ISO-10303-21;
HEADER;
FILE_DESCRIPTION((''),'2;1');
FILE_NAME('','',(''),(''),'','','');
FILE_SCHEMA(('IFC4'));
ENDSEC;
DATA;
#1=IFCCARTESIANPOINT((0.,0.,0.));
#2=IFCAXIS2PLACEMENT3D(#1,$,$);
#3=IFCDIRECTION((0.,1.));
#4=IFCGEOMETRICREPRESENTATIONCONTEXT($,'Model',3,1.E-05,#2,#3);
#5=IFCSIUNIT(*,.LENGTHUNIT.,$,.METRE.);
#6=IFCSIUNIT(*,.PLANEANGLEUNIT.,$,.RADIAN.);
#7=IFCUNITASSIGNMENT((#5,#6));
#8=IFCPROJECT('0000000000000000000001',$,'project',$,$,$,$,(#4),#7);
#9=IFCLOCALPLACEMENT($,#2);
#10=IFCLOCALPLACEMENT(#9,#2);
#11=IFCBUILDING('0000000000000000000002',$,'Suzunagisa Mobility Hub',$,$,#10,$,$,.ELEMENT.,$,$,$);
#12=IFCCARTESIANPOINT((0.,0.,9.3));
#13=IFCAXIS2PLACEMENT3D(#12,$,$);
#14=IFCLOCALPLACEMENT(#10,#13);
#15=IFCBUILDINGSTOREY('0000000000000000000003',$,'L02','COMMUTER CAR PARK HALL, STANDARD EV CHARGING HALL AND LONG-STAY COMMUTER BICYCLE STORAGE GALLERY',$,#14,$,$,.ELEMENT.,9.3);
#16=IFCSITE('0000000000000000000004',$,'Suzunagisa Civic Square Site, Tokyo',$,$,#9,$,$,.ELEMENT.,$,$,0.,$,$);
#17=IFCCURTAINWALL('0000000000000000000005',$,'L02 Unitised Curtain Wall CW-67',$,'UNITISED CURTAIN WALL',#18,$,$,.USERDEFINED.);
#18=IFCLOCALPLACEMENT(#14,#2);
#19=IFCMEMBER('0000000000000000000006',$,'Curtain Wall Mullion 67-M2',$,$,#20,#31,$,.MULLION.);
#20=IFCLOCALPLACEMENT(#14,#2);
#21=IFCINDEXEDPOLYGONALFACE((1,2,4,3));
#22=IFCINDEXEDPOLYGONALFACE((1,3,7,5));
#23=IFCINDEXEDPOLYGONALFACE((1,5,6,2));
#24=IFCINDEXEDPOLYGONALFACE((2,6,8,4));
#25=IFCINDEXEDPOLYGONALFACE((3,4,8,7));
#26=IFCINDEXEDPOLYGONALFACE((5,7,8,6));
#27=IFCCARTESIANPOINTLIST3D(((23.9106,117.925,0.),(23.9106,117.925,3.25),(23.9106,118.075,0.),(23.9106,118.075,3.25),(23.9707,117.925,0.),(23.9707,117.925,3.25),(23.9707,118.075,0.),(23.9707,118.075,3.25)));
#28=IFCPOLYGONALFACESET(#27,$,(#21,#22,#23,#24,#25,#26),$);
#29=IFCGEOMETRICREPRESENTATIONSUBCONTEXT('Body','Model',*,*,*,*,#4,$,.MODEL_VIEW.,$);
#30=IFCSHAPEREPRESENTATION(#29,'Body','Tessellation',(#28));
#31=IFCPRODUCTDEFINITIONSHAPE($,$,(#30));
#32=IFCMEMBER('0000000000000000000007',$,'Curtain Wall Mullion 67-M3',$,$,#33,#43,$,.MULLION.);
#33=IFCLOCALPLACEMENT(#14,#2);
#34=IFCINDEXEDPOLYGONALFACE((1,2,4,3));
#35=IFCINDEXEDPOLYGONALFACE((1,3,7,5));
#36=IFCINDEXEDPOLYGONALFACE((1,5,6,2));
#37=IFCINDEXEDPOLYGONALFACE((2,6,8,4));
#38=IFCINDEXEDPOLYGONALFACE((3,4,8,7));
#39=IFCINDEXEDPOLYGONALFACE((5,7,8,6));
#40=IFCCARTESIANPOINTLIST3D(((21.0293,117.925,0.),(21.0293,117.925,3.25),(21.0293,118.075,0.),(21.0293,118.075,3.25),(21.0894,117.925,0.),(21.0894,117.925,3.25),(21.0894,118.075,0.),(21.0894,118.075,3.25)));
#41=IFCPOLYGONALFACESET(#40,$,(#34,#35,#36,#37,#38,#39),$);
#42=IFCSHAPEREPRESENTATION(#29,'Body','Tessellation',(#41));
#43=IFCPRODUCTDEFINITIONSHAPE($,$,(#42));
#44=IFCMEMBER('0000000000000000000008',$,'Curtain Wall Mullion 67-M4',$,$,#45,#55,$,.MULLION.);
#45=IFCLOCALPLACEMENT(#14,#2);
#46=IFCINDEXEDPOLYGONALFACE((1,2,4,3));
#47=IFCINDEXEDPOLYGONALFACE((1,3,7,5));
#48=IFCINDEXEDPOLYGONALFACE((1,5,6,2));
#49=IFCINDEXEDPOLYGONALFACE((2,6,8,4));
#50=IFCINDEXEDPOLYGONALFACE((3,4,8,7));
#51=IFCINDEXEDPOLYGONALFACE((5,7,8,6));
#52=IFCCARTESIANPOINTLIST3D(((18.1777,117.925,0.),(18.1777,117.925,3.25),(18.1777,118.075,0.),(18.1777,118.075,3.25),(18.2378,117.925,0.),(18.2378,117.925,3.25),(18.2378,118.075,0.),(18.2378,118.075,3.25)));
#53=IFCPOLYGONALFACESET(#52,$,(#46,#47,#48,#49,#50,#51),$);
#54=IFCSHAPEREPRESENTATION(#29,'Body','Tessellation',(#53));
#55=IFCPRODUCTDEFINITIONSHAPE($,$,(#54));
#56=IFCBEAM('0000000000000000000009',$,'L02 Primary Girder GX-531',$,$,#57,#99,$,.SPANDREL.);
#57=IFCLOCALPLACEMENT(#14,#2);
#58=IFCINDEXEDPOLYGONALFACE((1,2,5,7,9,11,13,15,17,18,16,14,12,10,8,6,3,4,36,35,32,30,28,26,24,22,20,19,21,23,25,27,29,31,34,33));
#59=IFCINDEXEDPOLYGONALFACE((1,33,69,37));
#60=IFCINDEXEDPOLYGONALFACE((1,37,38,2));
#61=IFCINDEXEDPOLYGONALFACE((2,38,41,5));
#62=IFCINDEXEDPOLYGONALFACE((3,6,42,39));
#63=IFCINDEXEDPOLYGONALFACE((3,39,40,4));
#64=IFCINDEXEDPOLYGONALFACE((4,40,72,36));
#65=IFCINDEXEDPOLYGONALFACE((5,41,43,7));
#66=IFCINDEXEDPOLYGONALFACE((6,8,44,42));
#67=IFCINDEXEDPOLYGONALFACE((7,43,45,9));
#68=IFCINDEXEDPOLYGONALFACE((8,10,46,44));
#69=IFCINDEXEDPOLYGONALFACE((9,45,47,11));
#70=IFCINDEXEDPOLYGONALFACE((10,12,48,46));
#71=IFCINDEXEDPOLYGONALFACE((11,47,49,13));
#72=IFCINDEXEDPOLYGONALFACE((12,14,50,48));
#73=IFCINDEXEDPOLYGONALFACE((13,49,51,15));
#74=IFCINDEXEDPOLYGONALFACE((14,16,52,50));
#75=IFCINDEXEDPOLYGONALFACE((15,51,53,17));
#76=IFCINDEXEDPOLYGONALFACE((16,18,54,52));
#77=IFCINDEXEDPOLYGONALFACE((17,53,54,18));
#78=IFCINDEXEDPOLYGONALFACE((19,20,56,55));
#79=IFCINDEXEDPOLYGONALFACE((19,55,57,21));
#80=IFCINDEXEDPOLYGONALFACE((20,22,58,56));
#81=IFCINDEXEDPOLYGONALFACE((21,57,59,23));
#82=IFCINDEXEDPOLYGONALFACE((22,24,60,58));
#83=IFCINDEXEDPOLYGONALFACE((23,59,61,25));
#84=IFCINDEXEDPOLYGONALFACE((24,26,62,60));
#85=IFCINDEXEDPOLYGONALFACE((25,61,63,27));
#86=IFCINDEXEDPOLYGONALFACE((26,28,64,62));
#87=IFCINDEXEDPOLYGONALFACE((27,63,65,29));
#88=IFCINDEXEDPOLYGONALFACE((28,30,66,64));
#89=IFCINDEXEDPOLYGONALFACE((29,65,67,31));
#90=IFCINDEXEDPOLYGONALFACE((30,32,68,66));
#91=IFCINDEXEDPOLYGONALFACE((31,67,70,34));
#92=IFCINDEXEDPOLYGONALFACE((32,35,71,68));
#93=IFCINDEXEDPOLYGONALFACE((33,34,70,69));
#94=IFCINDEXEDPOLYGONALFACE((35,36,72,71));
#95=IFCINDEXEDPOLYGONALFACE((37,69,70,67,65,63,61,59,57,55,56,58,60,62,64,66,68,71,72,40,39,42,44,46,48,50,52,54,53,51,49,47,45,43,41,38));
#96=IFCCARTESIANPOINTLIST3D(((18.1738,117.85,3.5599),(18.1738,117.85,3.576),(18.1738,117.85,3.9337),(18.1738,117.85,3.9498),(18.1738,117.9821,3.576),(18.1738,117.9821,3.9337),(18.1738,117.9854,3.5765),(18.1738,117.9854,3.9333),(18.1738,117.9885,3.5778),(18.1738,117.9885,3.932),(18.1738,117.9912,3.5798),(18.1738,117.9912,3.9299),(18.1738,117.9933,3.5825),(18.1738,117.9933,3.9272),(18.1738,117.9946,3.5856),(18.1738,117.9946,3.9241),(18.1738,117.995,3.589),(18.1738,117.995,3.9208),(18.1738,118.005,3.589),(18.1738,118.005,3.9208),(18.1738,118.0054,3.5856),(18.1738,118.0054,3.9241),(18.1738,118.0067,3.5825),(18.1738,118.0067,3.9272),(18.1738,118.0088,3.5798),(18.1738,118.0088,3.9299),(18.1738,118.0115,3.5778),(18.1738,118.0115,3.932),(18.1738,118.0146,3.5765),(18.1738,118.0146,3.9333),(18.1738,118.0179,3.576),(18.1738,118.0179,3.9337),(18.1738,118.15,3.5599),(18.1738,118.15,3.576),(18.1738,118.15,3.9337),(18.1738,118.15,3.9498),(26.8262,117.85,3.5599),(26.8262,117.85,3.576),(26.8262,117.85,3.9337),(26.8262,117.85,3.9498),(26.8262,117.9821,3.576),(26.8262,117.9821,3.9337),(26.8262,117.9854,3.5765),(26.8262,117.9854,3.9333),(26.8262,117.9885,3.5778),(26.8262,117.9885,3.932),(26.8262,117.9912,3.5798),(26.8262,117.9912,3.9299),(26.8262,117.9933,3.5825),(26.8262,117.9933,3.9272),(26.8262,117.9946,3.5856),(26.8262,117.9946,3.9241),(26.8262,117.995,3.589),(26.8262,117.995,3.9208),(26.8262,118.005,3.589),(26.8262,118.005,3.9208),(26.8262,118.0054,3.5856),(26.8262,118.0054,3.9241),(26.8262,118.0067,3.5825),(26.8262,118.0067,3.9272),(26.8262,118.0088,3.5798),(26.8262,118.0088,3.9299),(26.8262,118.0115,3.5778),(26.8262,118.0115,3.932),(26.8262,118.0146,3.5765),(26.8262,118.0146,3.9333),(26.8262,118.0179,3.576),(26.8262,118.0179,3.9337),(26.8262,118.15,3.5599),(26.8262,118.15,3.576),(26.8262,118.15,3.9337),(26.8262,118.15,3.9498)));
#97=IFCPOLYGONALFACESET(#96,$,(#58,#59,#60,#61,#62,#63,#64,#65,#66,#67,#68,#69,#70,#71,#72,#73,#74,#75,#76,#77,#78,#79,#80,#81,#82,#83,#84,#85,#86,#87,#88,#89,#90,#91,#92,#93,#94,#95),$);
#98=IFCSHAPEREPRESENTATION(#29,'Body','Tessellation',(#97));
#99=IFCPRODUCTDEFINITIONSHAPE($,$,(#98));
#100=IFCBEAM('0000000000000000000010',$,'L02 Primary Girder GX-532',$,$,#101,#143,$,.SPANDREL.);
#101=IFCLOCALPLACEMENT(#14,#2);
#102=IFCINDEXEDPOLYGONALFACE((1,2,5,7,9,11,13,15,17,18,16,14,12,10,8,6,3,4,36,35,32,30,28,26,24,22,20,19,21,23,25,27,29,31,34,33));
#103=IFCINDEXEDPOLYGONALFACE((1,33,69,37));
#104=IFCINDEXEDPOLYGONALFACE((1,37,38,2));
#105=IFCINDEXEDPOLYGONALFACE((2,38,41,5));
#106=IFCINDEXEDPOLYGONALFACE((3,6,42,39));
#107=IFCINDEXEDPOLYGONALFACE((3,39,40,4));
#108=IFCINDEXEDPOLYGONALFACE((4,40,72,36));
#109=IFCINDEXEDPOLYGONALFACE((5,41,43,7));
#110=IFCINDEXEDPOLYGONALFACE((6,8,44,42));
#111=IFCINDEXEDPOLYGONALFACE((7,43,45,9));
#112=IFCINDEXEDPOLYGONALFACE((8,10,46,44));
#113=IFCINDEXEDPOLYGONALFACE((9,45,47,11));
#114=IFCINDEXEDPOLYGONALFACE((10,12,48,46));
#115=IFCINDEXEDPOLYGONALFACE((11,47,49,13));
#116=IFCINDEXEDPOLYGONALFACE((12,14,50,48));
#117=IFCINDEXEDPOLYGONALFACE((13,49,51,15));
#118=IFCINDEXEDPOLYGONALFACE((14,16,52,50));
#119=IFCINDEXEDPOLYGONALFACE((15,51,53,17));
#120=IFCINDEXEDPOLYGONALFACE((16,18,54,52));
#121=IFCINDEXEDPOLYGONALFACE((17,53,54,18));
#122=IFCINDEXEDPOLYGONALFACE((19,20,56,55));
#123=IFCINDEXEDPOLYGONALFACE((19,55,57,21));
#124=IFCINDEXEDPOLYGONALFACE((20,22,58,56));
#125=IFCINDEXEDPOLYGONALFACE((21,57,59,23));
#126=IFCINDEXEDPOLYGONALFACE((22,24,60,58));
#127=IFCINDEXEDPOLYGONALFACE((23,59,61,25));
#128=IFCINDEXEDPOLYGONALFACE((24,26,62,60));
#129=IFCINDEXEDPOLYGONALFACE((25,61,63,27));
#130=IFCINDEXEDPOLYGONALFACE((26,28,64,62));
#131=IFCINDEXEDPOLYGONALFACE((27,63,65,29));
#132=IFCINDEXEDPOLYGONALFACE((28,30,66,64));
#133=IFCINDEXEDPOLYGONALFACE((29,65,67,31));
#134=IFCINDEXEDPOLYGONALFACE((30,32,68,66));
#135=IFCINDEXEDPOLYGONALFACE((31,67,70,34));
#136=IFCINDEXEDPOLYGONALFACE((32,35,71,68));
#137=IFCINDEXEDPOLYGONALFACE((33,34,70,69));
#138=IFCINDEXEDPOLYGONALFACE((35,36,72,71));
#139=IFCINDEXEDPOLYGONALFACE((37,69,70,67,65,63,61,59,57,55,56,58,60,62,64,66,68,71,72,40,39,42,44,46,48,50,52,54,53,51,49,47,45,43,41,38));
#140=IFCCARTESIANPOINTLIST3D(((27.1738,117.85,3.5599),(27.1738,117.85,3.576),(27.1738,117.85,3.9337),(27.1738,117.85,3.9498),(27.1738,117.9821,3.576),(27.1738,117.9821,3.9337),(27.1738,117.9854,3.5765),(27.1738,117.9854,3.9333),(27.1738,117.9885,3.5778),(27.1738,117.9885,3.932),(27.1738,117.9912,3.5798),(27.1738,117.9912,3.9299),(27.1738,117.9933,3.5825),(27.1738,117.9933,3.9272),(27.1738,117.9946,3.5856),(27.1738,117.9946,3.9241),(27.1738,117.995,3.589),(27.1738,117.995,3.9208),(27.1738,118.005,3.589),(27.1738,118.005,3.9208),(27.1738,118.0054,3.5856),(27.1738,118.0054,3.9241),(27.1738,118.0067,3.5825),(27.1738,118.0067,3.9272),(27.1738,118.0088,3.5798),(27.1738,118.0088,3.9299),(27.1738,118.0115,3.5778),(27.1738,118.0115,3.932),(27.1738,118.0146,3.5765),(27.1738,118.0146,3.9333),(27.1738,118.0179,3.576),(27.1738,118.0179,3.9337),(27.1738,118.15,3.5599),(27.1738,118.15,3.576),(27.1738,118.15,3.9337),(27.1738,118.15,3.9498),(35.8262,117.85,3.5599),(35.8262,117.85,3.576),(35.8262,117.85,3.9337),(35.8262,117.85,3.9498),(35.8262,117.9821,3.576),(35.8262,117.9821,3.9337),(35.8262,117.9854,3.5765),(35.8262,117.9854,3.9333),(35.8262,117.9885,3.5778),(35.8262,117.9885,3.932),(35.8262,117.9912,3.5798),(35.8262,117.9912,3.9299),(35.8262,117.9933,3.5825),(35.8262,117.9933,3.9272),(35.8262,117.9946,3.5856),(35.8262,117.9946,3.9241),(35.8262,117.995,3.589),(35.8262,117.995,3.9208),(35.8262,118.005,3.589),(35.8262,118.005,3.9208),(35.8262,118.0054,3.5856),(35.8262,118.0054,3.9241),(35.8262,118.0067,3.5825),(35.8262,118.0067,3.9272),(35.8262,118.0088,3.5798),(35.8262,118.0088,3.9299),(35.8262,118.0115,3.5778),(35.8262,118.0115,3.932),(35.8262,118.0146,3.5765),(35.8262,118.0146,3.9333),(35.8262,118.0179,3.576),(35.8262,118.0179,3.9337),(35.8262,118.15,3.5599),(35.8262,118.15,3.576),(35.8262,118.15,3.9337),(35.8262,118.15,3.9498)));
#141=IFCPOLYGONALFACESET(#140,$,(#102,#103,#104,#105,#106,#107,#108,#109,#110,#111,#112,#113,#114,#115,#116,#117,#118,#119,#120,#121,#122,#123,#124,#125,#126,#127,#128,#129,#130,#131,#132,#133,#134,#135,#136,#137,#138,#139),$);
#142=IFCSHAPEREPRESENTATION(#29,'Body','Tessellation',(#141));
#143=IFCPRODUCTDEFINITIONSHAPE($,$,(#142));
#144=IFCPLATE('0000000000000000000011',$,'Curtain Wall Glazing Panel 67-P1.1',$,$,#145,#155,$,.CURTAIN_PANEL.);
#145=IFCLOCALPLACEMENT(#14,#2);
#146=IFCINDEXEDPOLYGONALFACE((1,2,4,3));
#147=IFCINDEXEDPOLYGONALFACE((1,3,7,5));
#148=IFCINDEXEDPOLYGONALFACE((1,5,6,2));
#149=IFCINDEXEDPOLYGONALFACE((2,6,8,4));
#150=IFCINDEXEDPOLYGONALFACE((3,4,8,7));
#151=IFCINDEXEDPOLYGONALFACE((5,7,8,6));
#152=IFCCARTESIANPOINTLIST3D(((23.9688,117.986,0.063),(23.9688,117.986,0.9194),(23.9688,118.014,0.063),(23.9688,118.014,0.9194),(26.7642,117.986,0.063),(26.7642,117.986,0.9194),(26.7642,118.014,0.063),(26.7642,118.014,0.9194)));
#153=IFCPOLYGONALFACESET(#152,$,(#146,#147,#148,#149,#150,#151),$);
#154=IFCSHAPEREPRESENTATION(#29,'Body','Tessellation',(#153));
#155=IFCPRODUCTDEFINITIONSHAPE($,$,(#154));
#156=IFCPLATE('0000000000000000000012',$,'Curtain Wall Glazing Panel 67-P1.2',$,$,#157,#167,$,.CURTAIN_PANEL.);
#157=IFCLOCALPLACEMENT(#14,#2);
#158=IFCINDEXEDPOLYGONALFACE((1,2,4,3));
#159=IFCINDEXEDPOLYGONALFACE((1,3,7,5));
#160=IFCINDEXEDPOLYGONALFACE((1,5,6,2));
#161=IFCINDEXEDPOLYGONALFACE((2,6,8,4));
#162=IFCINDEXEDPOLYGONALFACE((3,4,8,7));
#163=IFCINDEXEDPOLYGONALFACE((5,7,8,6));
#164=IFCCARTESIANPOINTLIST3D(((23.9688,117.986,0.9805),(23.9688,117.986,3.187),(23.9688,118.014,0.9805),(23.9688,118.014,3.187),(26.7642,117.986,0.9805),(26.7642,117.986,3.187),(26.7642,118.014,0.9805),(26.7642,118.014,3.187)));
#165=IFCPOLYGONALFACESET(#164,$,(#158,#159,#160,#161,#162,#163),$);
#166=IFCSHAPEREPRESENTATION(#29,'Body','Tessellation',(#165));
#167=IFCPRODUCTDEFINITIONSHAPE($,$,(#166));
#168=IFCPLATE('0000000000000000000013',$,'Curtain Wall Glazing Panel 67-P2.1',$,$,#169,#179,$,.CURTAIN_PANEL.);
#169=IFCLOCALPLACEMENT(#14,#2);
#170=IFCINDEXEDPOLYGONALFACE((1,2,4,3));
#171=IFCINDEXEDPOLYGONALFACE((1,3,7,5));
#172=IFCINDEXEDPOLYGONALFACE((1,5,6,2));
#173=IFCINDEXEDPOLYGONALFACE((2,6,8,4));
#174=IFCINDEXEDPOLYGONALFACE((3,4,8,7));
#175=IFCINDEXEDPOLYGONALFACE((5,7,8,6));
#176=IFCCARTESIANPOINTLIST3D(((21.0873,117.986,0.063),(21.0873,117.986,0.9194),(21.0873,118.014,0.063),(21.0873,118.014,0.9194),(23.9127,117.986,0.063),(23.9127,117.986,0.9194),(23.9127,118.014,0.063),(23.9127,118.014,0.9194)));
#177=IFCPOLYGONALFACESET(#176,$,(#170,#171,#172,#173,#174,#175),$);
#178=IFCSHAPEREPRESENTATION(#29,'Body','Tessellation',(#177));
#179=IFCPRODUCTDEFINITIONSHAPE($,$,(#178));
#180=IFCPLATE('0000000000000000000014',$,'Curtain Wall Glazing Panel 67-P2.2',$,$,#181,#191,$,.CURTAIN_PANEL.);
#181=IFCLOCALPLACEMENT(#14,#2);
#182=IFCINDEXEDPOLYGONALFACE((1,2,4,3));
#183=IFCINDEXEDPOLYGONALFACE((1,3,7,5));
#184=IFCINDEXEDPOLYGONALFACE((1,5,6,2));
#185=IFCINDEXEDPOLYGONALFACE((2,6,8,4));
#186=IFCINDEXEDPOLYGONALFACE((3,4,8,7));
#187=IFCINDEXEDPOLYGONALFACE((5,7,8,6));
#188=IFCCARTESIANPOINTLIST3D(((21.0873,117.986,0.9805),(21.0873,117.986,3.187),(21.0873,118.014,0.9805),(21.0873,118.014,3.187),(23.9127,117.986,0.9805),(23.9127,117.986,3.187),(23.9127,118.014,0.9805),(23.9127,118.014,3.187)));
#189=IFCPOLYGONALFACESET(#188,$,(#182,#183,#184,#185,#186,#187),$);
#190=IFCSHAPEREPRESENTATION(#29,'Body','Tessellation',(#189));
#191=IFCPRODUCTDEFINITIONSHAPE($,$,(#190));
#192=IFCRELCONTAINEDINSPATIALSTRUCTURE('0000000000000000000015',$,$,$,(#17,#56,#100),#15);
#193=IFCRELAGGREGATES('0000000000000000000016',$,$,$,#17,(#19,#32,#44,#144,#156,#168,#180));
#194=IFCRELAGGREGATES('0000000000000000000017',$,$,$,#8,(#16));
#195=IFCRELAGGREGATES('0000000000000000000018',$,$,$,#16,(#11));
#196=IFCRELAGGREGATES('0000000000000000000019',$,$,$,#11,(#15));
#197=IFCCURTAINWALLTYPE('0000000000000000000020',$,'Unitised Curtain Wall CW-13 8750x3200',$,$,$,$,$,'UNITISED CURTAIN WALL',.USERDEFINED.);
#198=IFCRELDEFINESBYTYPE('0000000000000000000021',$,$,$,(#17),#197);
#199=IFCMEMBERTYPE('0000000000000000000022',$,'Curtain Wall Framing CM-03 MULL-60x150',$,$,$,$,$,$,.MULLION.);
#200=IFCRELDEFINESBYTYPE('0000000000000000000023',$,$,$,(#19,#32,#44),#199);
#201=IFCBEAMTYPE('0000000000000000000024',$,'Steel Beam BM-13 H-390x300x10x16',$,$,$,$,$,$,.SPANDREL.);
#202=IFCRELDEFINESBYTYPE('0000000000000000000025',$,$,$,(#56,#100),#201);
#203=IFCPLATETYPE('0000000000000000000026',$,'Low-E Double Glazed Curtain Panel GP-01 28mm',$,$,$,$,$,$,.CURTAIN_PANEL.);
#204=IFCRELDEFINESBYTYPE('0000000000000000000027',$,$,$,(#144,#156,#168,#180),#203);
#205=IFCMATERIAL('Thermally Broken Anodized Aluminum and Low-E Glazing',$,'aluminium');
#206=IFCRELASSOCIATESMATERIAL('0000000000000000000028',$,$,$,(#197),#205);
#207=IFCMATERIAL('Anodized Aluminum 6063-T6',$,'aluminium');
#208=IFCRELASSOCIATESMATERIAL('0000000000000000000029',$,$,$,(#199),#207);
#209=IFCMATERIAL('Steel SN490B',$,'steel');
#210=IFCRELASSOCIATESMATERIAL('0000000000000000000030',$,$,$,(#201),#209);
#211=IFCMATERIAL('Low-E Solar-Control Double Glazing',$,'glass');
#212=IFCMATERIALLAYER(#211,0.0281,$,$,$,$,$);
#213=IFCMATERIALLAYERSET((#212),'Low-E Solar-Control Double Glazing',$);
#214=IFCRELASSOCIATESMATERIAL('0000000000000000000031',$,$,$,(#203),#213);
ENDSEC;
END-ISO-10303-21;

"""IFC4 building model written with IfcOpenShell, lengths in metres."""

from ifc_helpers import new_model, si_unit, direction, frame, origin, origin_2d, place, context, subcontext, project, spatial, rectangle, i_section, extrude, material, layer, layer_set, material_profile, profile_set, type_object, element, aggregate, save


model = new_model("IFC4")

# Units and contexts
model_context = context("Model", 3, precision=1e-05, world=origin(), true_north=direction((0.0, 1.0)))
body_context = subcontext(model_context, "Body", "Model", "MODEL_VIEW")
ifc_project = project(units=[si_unit("LENGTHUNIT", "METRE"), si_unit("PLANEANGLEUNIT", "RADIAN")], contexts=[model_context])

# Site, building, storey
site_placement = place(None, origin())
site = spatial("IfcSite", under=ifc_project, at=site_placement, Name="Suzunagisa Civic Square Site, Tokyo", CompositionType="ELEMENT", RefElevation=0.0)
building_placement = place(site_placement, origin())
building = spatial("IfcBuilding", under=site, at=building_placement, Name="Suzunagisa Mobility Hub", CompositionType="ELEMENT")
storey_placement = place(building_placement, frame((0.0, 0.0, 9.3)))
storey = spatial("IfcBuildingStorey", under=building, at=storey_placement, Name="L02", Description="COMMUTER CAR PARK HALL, STANDARD EV CHARGING HALL AND LONG-STAY COMMUTER BICYCLE STORAGE GALLERY", CompositionType="ELEMENT", Elevation=9.3)

# Shared definitions
ifc_material_1 = material(Name="Steel SN490B", Category="steel")

# Curtain wall, members
ifc_material_2 = material(Name="Thermally Broken Anodized Aluminum and Low-E Glazing", Category="aluminium")
curtain_wall_type = type_object("IfcCurtainWallType", Name="Unitised Curtain Wall CW-13 8750x3200", ElementType="UNITISED CURTAIN WALL", PredefinedType="USERDEFINED", material=ifc_material_2)
curtain_wall_placement = place(storey_placement, origin())
curtain_wall = element("IfcCurtainWall", 1, at=curtain_wall_placement, inside=storey, type_object=curtain_wall_type, Name="L02 Unitised Curtain Wall CW-67", ObjectType="UNITISED CURTAIN WALL", PredefinedType="USERDEFINED")
ifc_material_3 = material(Name="Anodized Aluminum 6063-T6", Category="aluminium")
ifc_material_profile_1 = material_profile(ifc_material_3, rectangle(XDim=0.0601, YDim=0.1499, at=origin_2d()), Name="MULL-60x150")
ifc_profile_set_1 = profile_set([ifc_material_profile_1], Name="Anodized Aluminum 6063-T6")
member_type_1 = type_object("IfcMemberType", Name="Curtain Wall Framing CM-03 MULL-60x150", PredefinedType="MULLION", material=ifc_profile_set_1)
member_1_placement = place(storey_placement, frame((23.9407, 118.0, 0.0), z_axis=(0.0, 0.0, 1.0), x_axis=(-1.0, 0.0, 0.0)))
member_1 = element("IfcMember", 2, at=member_1_placement, type_object=member_type_1, Name="Curtain Wall Mullion 67-M2", PredefinedType="MULLION", context=body_context, shape_type="SweptSolid", body=[
    extrude(rectangle(XDim=0.0601, YDim=0.1499, at=origin_2d()), origin(), (0.0, 0.0, 1.0), 3.25),
])
member_2_placement = place(storey_placement, frame((21.0593, 118.0, 0.0), z_axis=(0.0, 0.0, 1.0), x_axis=(-1.0, 0.0, 0.0)))
member_2 = element("IfcMember", 3, at=member_2_placement, type_object=member_type_1, Name="Curtain Wall Mullion 67-M3", PredefinedType="MULLION", context=body_context, shape_type="SweptSolid", body=[
    extrude(rectangle(XDim=0.0601, YDim=0.1499, at=origin_2d()), origin(), (0.0, 0.0, 1.0), 3.25),
])
member_3_placement = place(storey_placement, frame((18.2078, 118.0, 0.0), z_axis=(0.0, 0.0, 1.0), x_axis=(-1.0, 0.0, 0.0)))
member_3 = element("IfcMember", 4, at=member_3_placement, type_object=member_type_1, Name="Curtain Wall Mullion 67-M4", PredefinedType="MULLION", context=body_context, shape_type="SweptSolid", body=[
    extrude(rectangle(XDim=0.0601, YDim=0.1499, at=origin_2d()), origin(), (0.0, 0.0, 1.0), 3.25),
])

# Beams
ifc_material_profile_2 = material_profile(ifc_material_1, i_section(OverallWidth=0.3, OverallDepth=0.3899, WebThickness=0.01, FlangeThickness=0.0161, FilletRadius=0.0129, at=origin_2d()), Name="H-390x300x10x16")
ifc_profile_set_2 = profile_set([ifc_material_profile_2], Name="Steel SN490B")
beam_type = type_object("IfcBeamType", Name="Steel Beam BM-13 H-390x300x10x16", PredefinedType="SPANDREL", material=ifc_profile_set_2)
for number, where, z_axis, x_axis, name in (
    (5, (18.1738, 118.0, 3.7549), (1.0, 0.0, 0.0), (0.0, 1.0, 0.0), "L02 Primary Girder GX-531"),
    (6, (27.1738, 118.0, 3.7549), (1.0, 0.0, 0.0), (0.0, 1.0, 0.0), "L02 Primary Girder GX-532"),
):
    element("IfcBeam", number, at=place(storey_placement, frame(where, z_axis=z_axis, x_axis=x_axis)), inside=storey, type_object=beam_type, Name=name, PredefinedType="SPANDREL", context=body_context, shape_type="SweptSolid", body=[
        extrude(i_section(OverallWidth=0.3, OverallDepth=0.3899, WebThickness=0.01, FlangeThickness=0.0161, FilletRadius=0.0129, at=origin_2d()), origin(), (0.0, 0.0, 1.0), 8.6523),
    ])

# Plates
ifc_material_4 = material(Name="Low-E Solar-Control Double Glazing", Category="glass")
ifc_layer_1 = layer(ifc_material_4, 0.0281)
ifc_layer_set_1 = layer_set([ifc_layer_1], Name="Low-E Solar-Control Double Glazing")
plate_type = type_object("IfcPlateType", Name="Low-E Double Glazed Curtain Panel GP-01 28mm", PredefinedType="CURTAIN_PANEL", material=ifc_layer_set_1)
plate_1_placement = place(storey_placement, frame((25.3665, 118.0, 0.063), z_axis=(0.0, 0.0, 1.0), x_axis=(-1.0, 0.0, 0.0)))
plate_1 = element("IfcPlate", 7, at=plate_1_placement, type_object=plate_type, Name="Curtain Wall Glazing Panel 67-P1.1", PredefinedType="CURTAIN_PANEL", context=body_context, shape_type="SweptSolid", body=[
    extrude(rectangle(XDim=2.7954, YDim=0.0281, at=origin_2d()), origin(), (0.0, 0.0, 1.0), 0.8564),
])
plate_2_placement = place(storey_placement, frame((25.3665, 118.0, 0.9805), z_axis=(0.0, 0.0, 1.0), x_axis=(-1.0, 0.0, 0.0)))
plate_2 = element("IfcPlate", 8, at=plate_2_placement, type_object=plate_type, Name="Curtain Wall Glazing Panel 67-P1.2", PredefinedType="CURTAIN_PANEL", context=body_context, shape_type="SweptSolid", body=[
    extrude(rectangle(XDim=2.7954, YDim=0.0281, at=origin_2d()), origin(), (0.0, 0.0, 1.0), 2.2065),
])
plate_3_placement = place(storey_placement, frame((22.5, 118.0, 0.063), z_axis=(0.0, 0.0, 1.0), x_axis=(-1.0, 0.0, 0.0)))
plate_3 = element("IfcPlate", 9, at=plate_3_placement, type_object=plate_type, Name="Curtain Wall Glazing Panel 67-P2.1", PredefinedType="CURTAIN_PANEL", context=body_context, shape_type="SweptSolid", body=[
    extrude(rectangle(XDim=2.8254, YDim=0.0281, at=origin_2d()), origin(), (0.0, 0.0, 1.0), 0.8564),
])
plate_4_placement = place(storey_placement, frame((22.5, 118.0, 0.9805), z_axis=(0.0, 0.0, 1.0), x_axis=(-1.0, 0.0, 0.0)))
plate_4 = element("IfcPlate", 10, at=plate_4_placement, type_object=plate_type, Name="Curtain Wall Glazing Panel 67-P2.2", PredefinedType="CURTAIN_PANEL", context=body_context, shape_type="SweptSolid", body=[
    extrude(rectangle(XDim=2.8254, YDim=0.0281, at=origin_2d()), origin(), (0.0, 0.0, 1.0), 2.2065),
])
aggregate(curtain_wall, [member_1, member_2, member_3, plate_1, plate_2, plate_3, plate_4])

save(model, "model.ifc")
